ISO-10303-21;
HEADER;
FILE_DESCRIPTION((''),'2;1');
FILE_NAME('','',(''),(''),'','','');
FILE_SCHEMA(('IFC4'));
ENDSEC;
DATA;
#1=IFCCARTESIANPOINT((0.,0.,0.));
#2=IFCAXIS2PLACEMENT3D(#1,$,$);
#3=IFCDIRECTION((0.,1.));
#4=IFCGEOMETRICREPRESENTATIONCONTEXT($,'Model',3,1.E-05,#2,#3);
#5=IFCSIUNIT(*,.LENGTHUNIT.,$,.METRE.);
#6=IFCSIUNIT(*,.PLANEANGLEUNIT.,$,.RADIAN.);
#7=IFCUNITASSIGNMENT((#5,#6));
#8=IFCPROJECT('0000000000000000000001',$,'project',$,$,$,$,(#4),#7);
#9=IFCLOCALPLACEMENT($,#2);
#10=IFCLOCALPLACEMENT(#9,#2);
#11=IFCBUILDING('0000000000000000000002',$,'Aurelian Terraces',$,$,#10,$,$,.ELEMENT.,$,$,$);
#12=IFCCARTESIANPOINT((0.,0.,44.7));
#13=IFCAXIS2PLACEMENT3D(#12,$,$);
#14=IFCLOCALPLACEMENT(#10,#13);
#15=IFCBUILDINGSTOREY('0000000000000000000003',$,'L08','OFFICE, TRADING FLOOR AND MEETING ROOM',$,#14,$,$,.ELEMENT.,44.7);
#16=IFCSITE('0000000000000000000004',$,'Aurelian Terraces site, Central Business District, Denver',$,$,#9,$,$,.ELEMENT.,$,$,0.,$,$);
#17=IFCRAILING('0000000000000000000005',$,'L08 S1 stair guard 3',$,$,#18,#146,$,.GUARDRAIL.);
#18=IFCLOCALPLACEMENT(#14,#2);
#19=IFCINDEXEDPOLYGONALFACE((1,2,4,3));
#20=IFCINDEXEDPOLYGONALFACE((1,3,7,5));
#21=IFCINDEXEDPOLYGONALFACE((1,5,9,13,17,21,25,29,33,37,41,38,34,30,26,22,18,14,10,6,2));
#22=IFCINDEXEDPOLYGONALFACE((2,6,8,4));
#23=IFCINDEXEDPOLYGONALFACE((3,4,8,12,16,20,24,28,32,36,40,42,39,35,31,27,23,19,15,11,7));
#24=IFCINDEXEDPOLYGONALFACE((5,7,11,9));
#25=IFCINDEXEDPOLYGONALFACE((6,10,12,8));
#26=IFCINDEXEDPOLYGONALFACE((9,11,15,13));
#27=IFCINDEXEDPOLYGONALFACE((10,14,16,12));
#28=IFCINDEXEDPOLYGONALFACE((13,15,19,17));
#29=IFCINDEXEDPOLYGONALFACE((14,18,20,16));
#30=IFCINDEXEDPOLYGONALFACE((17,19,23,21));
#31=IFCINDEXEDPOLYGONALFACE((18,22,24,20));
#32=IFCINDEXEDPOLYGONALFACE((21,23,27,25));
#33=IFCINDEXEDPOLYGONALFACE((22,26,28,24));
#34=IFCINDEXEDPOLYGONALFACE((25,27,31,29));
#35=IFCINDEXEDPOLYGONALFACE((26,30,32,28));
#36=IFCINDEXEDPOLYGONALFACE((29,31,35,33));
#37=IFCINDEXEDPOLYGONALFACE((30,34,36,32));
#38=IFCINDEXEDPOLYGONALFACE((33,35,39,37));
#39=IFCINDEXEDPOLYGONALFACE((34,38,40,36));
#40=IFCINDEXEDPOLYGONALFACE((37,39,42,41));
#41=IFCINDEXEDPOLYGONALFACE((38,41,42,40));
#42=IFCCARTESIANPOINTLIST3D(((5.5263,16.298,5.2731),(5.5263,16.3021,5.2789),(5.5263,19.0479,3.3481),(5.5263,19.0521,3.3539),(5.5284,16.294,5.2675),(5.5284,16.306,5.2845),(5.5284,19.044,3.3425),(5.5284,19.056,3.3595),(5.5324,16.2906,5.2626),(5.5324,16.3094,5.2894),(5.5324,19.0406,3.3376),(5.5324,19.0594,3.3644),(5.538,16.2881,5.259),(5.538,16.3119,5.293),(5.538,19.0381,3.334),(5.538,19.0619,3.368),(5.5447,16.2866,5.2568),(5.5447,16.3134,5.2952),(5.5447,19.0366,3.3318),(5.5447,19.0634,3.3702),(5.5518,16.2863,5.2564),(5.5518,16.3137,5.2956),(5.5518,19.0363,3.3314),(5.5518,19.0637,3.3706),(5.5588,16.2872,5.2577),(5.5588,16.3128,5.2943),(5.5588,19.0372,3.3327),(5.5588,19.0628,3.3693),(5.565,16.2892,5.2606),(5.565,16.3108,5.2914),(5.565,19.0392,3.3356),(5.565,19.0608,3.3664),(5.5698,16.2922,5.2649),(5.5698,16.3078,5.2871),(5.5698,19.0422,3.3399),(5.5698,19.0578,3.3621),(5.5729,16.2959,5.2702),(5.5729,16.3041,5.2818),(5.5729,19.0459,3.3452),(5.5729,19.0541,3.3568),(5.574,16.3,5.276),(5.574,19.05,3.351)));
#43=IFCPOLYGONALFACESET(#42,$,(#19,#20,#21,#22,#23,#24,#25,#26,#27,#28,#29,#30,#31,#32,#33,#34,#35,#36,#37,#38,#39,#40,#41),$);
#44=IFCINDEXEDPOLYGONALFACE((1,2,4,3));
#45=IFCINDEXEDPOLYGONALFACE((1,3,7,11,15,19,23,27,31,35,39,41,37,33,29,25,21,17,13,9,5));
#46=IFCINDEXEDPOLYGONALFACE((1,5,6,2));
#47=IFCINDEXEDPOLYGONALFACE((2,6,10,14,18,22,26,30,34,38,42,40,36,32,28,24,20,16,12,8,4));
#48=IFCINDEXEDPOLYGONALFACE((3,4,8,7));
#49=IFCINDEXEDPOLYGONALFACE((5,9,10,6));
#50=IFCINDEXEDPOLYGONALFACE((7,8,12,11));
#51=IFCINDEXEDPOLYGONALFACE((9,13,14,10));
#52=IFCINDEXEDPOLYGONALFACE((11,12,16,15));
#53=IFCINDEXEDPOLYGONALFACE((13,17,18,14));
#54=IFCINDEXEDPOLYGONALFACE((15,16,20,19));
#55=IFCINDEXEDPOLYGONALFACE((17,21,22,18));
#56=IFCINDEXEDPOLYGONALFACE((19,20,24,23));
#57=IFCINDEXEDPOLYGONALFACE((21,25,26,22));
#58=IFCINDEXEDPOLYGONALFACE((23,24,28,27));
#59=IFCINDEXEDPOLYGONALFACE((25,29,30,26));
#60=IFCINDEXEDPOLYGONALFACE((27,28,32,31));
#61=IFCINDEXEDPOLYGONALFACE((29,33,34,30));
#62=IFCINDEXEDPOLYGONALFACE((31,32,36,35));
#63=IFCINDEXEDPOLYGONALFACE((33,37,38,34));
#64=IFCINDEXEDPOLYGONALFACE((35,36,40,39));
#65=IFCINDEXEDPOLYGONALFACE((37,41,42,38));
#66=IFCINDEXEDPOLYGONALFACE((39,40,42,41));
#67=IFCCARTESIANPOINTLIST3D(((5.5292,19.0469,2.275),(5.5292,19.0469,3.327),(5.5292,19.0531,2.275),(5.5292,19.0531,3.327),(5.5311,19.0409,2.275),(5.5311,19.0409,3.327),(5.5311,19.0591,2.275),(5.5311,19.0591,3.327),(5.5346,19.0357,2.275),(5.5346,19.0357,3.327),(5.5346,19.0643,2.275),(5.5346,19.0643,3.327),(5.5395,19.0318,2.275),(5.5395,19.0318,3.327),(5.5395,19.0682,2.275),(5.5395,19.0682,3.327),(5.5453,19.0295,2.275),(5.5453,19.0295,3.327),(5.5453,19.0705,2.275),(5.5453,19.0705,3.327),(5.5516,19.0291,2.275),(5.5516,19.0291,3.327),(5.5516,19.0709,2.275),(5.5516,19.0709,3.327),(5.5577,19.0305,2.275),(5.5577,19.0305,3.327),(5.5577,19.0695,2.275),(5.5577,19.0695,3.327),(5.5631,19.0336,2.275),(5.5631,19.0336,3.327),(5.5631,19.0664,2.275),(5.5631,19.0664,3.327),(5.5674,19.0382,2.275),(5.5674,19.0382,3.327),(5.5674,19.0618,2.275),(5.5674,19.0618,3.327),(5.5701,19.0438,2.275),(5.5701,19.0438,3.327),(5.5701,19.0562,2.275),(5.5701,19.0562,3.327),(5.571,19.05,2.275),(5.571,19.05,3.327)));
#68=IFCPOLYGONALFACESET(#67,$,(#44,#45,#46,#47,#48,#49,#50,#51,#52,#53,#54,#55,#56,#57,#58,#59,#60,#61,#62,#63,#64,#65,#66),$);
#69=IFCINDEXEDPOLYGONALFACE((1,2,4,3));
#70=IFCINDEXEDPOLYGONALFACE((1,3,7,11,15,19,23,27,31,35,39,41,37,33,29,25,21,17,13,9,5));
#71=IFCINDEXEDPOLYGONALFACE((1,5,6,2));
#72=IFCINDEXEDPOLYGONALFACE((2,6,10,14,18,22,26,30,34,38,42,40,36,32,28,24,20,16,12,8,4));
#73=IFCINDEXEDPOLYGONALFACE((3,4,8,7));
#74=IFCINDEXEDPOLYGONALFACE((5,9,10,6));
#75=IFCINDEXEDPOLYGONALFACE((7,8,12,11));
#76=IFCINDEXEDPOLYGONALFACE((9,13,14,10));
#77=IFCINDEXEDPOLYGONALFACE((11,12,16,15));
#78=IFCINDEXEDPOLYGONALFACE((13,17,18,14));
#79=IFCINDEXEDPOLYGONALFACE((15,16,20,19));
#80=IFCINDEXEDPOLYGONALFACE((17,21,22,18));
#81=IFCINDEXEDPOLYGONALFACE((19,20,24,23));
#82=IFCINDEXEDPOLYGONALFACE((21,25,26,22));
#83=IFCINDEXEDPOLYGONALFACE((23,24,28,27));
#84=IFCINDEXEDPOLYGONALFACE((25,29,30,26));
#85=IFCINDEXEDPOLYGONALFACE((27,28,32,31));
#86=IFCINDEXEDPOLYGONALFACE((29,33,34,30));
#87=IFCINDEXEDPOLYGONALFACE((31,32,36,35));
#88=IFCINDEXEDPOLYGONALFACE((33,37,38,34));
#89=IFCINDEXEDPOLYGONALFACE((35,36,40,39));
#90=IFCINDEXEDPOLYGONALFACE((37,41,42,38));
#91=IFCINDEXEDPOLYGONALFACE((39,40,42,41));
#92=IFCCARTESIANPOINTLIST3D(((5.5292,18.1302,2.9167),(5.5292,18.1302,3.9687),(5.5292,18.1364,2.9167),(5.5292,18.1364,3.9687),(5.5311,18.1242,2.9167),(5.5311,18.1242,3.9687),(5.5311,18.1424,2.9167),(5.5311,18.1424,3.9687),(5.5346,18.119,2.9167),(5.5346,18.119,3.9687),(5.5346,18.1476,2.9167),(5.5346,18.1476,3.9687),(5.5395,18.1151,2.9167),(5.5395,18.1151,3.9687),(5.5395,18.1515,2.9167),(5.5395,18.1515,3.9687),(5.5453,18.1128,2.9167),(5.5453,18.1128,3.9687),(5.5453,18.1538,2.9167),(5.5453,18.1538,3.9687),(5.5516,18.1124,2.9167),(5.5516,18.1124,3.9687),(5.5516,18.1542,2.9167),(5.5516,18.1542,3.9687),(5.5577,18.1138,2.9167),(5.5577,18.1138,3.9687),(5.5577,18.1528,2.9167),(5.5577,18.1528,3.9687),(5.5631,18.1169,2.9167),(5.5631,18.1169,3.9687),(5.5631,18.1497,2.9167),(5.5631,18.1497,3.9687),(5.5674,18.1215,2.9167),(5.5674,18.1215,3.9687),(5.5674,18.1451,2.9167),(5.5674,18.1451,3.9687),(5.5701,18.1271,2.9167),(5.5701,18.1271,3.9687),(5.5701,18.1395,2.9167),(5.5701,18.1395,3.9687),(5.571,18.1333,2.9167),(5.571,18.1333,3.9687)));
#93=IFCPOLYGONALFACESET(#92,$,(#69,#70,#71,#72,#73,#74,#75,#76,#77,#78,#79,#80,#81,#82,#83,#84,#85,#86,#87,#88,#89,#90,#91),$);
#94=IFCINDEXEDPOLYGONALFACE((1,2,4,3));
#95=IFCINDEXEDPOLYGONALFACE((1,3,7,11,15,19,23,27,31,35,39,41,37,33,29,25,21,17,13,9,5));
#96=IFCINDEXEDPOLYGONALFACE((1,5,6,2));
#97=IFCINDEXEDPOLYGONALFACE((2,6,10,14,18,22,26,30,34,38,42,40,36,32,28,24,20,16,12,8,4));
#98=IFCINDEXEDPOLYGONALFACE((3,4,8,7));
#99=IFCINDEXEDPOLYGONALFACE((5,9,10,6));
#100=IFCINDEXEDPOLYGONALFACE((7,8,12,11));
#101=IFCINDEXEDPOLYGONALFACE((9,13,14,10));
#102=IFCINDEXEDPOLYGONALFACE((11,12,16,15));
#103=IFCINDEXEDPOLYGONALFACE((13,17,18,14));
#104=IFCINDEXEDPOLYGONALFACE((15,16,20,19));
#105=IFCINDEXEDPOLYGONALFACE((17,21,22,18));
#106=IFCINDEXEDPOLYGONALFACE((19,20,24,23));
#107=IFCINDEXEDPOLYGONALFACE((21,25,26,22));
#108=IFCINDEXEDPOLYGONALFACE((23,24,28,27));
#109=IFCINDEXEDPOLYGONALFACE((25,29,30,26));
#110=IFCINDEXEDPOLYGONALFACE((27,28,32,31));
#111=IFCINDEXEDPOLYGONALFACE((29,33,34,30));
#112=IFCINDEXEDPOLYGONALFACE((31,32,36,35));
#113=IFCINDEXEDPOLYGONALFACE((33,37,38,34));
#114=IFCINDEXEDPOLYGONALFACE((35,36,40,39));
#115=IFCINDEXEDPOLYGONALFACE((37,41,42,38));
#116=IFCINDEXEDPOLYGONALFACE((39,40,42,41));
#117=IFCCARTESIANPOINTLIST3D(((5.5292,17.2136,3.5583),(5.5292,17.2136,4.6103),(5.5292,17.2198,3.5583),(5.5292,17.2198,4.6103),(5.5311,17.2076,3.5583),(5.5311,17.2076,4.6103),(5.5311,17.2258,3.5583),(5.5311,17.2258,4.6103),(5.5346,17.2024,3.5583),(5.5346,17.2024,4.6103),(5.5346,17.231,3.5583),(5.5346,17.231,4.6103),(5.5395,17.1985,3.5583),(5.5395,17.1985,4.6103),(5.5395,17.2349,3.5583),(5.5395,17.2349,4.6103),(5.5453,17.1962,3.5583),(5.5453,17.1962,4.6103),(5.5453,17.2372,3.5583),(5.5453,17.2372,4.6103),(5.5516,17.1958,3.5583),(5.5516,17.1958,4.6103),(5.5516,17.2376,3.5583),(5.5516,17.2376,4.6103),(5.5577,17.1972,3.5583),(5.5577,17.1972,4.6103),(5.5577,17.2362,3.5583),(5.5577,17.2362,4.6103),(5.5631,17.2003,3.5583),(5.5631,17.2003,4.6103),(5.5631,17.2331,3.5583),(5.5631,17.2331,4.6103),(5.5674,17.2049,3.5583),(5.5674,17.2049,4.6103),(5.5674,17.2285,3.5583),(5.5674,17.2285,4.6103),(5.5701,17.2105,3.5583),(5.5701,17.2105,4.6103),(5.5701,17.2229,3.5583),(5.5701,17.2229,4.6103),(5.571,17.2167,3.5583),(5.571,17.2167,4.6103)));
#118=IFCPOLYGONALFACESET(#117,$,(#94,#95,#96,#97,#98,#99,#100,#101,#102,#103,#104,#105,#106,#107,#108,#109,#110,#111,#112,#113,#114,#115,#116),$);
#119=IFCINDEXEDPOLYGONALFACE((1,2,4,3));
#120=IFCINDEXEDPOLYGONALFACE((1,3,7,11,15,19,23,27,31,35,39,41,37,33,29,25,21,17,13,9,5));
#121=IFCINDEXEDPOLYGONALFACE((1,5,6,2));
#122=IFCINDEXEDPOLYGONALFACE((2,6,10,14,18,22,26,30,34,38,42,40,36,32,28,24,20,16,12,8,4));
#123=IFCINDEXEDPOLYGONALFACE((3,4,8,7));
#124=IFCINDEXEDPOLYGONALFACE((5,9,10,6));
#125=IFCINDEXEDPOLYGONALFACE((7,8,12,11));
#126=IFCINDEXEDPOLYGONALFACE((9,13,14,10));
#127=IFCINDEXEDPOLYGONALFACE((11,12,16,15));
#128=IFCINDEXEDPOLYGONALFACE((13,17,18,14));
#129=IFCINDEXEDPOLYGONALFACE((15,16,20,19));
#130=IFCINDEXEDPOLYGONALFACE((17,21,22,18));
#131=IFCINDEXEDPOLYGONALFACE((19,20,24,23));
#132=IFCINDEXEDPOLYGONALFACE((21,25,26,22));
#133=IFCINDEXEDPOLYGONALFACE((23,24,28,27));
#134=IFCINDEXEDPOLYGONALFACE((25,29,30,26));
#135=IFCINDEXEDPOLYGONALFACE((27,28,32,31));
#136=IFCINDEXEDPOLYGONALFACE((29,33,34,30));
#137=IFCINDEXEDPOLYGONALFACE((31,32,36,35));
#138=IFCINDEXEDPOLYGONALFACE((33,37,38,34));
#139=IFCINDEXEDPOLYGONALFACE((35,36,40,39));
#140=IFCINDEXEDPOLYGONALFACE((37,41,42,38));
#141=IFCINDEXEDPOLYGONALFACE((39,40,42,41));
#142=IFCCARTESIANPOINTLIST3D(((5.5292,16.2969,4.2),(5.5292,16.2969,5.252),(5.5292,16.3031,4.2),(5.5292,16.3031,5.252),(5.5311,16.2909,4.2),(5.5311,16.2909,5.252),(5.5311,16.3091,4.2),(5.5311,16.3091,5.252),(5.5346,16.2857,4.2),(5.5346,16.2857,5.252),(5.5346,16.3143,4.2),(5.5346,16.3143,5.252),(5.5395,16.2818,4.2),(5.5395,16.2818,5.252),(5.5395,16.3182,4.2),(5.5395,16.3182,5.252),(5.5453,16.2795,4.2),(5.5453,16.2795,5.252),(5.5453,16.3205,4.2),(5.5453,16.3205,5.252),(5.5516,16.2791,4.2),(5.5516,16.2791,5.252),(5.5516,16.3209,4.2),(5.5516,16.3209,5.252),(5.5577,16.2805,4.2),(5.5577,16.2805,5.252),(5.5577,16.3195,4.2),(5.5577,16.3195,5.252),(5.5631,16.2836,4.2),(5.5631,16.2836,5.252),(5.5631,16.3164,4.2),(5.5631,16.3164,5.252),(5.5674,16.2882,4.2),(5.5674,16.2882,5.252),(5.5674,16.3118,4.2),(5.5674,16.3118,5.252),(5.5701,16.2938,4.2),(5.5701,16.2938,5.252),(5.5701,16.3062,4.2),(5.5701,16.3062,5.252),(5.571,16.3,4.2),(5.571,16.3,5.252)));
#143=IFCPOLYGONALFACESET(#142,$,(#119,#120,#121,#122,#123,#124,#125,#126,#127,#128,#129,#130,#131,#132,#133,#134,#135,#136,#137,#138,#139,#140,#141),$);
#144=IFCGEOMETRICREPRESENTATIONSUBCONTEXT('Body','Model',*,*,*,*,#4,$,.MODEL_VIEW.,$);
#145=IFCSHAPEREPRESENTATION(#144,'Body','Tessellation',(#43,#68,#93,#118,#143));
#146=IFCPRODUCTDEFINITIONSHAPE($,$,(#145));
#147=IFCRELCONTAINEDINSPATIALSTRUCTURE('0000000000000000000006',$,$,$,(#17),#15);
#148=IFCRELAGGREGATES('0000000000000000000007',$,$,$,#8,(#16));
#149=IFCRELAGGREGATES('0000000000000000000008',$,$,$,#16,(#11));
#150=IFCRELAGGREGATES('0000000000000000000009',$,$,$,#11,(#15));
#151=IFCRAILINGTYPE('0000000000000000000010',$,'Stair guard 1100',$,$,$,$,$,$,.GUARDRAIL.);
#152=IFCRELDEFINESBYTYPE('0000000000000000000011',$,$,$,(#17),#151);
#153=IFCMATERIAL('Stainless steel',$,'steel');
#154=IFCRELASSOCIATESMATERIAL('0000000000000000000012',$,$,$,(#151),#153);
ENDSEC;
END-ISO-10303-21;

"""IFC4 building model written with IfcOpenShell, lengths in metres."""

from ifc_helpers import new_model, si_unit, direction, frame, origin, origin_2d, place, context, subcontext, project, spatial, circle, extrude, source, transform, mapped, material, type_object, element, save


model = new_model("IFC4")

# Units and contexts
model_context = context("Model", 3, precision=1e-05, world=origin(), true_north=direction((0.0, 1.0)))
body_context = subcontext(model_context, "Body", "Model", "MODEL_VIEW")
ifc_project = project(units=[si_unit("LENGTHUNIT", "METRE"), si_unit("PLANEANGLEUNIT", "RADIAN")], contexts=[model_context])

# Site, building, storey
site_placement = place(None, origin())
site = spatial("IfcSite", under=ifc_project, at=site_placement, Name="Aurelian Terraces site, Central Business District, Denver", CompositionType="ELEMENT", RefElevation=0.0)
building_placement = place(site_placement, origin())
building = spatial("IfcBuilding", under=site, at=building_placement, Name="Aurelian Terraces", CompositionType="ELEMENT")
storey_placement = place(building_placement, frame((0.0, 0.0, 44.7)))
storey = spatial("IfcBuildingStorey", under=building, at=storey_placement, Name="L08", Description="OFFICE, TRADING FLOOR AND MEETING ROOM", CompositionType="ELEMENT", Elevation=44.7)

# Railing
ifc_material_1 = material(Name="Stainless steel", Category="steel")
railing_type_1 = type_object("IfcRailingType", Name="Stair guard 1100", PredefinedType="GUARDRAIL", material=ifc_material_1)
shared_shape_1 = source(origin(), body_context, "Body", "SweptSolid", [
    extrude(circle(Radius=0.024, at=origin_2d()), frame((0.0, 0.0, 1.076), z_axis=(0.0, -0.819232, 0.573462), x_axis=(1.0, 0.0, 0.0)), (0.0, 0.0, 1.0), 3.3568),
    extrude(circle(Radius=0.021, at=origin_2d()), origin(), (0.0, 0.0, 1.0), 1.052),
    extrude(circle(Radius=0.021, at=origin_2d()), frame((0.0, -0.9167, 0.6417)), (0.0, 0.0, 1.0), 1.052),
    extrude(circle(Radius=0.021, at=origin_2d()), frame((0.0, -1.8333, 1.2833)), (0.0, 0.0, 1.0), 1.052),
    extrude(circle(Radius=0.021, at=origin_2d()), frame((0.0, -2.75, 1.925)), (0.0, 0.0, 1.0), 1.052),
])
railing_1_placement = place(storey_placement, frame((5.55, 19.05, 2.275)))
element("IfcRailing", 1, at=railing_1_placement, inside=storey, type_object=railing_type_1, Name="L08 S1 stair guard 3", PredefinedType="GUARDRAIL", context=body_context, shape_type="MappedRepresentation", body=[
    mapped(shared_shape_1, transform((0.0, 0.0, 0.0), scale=1.0)),
])

save(model, "model.ifc")
